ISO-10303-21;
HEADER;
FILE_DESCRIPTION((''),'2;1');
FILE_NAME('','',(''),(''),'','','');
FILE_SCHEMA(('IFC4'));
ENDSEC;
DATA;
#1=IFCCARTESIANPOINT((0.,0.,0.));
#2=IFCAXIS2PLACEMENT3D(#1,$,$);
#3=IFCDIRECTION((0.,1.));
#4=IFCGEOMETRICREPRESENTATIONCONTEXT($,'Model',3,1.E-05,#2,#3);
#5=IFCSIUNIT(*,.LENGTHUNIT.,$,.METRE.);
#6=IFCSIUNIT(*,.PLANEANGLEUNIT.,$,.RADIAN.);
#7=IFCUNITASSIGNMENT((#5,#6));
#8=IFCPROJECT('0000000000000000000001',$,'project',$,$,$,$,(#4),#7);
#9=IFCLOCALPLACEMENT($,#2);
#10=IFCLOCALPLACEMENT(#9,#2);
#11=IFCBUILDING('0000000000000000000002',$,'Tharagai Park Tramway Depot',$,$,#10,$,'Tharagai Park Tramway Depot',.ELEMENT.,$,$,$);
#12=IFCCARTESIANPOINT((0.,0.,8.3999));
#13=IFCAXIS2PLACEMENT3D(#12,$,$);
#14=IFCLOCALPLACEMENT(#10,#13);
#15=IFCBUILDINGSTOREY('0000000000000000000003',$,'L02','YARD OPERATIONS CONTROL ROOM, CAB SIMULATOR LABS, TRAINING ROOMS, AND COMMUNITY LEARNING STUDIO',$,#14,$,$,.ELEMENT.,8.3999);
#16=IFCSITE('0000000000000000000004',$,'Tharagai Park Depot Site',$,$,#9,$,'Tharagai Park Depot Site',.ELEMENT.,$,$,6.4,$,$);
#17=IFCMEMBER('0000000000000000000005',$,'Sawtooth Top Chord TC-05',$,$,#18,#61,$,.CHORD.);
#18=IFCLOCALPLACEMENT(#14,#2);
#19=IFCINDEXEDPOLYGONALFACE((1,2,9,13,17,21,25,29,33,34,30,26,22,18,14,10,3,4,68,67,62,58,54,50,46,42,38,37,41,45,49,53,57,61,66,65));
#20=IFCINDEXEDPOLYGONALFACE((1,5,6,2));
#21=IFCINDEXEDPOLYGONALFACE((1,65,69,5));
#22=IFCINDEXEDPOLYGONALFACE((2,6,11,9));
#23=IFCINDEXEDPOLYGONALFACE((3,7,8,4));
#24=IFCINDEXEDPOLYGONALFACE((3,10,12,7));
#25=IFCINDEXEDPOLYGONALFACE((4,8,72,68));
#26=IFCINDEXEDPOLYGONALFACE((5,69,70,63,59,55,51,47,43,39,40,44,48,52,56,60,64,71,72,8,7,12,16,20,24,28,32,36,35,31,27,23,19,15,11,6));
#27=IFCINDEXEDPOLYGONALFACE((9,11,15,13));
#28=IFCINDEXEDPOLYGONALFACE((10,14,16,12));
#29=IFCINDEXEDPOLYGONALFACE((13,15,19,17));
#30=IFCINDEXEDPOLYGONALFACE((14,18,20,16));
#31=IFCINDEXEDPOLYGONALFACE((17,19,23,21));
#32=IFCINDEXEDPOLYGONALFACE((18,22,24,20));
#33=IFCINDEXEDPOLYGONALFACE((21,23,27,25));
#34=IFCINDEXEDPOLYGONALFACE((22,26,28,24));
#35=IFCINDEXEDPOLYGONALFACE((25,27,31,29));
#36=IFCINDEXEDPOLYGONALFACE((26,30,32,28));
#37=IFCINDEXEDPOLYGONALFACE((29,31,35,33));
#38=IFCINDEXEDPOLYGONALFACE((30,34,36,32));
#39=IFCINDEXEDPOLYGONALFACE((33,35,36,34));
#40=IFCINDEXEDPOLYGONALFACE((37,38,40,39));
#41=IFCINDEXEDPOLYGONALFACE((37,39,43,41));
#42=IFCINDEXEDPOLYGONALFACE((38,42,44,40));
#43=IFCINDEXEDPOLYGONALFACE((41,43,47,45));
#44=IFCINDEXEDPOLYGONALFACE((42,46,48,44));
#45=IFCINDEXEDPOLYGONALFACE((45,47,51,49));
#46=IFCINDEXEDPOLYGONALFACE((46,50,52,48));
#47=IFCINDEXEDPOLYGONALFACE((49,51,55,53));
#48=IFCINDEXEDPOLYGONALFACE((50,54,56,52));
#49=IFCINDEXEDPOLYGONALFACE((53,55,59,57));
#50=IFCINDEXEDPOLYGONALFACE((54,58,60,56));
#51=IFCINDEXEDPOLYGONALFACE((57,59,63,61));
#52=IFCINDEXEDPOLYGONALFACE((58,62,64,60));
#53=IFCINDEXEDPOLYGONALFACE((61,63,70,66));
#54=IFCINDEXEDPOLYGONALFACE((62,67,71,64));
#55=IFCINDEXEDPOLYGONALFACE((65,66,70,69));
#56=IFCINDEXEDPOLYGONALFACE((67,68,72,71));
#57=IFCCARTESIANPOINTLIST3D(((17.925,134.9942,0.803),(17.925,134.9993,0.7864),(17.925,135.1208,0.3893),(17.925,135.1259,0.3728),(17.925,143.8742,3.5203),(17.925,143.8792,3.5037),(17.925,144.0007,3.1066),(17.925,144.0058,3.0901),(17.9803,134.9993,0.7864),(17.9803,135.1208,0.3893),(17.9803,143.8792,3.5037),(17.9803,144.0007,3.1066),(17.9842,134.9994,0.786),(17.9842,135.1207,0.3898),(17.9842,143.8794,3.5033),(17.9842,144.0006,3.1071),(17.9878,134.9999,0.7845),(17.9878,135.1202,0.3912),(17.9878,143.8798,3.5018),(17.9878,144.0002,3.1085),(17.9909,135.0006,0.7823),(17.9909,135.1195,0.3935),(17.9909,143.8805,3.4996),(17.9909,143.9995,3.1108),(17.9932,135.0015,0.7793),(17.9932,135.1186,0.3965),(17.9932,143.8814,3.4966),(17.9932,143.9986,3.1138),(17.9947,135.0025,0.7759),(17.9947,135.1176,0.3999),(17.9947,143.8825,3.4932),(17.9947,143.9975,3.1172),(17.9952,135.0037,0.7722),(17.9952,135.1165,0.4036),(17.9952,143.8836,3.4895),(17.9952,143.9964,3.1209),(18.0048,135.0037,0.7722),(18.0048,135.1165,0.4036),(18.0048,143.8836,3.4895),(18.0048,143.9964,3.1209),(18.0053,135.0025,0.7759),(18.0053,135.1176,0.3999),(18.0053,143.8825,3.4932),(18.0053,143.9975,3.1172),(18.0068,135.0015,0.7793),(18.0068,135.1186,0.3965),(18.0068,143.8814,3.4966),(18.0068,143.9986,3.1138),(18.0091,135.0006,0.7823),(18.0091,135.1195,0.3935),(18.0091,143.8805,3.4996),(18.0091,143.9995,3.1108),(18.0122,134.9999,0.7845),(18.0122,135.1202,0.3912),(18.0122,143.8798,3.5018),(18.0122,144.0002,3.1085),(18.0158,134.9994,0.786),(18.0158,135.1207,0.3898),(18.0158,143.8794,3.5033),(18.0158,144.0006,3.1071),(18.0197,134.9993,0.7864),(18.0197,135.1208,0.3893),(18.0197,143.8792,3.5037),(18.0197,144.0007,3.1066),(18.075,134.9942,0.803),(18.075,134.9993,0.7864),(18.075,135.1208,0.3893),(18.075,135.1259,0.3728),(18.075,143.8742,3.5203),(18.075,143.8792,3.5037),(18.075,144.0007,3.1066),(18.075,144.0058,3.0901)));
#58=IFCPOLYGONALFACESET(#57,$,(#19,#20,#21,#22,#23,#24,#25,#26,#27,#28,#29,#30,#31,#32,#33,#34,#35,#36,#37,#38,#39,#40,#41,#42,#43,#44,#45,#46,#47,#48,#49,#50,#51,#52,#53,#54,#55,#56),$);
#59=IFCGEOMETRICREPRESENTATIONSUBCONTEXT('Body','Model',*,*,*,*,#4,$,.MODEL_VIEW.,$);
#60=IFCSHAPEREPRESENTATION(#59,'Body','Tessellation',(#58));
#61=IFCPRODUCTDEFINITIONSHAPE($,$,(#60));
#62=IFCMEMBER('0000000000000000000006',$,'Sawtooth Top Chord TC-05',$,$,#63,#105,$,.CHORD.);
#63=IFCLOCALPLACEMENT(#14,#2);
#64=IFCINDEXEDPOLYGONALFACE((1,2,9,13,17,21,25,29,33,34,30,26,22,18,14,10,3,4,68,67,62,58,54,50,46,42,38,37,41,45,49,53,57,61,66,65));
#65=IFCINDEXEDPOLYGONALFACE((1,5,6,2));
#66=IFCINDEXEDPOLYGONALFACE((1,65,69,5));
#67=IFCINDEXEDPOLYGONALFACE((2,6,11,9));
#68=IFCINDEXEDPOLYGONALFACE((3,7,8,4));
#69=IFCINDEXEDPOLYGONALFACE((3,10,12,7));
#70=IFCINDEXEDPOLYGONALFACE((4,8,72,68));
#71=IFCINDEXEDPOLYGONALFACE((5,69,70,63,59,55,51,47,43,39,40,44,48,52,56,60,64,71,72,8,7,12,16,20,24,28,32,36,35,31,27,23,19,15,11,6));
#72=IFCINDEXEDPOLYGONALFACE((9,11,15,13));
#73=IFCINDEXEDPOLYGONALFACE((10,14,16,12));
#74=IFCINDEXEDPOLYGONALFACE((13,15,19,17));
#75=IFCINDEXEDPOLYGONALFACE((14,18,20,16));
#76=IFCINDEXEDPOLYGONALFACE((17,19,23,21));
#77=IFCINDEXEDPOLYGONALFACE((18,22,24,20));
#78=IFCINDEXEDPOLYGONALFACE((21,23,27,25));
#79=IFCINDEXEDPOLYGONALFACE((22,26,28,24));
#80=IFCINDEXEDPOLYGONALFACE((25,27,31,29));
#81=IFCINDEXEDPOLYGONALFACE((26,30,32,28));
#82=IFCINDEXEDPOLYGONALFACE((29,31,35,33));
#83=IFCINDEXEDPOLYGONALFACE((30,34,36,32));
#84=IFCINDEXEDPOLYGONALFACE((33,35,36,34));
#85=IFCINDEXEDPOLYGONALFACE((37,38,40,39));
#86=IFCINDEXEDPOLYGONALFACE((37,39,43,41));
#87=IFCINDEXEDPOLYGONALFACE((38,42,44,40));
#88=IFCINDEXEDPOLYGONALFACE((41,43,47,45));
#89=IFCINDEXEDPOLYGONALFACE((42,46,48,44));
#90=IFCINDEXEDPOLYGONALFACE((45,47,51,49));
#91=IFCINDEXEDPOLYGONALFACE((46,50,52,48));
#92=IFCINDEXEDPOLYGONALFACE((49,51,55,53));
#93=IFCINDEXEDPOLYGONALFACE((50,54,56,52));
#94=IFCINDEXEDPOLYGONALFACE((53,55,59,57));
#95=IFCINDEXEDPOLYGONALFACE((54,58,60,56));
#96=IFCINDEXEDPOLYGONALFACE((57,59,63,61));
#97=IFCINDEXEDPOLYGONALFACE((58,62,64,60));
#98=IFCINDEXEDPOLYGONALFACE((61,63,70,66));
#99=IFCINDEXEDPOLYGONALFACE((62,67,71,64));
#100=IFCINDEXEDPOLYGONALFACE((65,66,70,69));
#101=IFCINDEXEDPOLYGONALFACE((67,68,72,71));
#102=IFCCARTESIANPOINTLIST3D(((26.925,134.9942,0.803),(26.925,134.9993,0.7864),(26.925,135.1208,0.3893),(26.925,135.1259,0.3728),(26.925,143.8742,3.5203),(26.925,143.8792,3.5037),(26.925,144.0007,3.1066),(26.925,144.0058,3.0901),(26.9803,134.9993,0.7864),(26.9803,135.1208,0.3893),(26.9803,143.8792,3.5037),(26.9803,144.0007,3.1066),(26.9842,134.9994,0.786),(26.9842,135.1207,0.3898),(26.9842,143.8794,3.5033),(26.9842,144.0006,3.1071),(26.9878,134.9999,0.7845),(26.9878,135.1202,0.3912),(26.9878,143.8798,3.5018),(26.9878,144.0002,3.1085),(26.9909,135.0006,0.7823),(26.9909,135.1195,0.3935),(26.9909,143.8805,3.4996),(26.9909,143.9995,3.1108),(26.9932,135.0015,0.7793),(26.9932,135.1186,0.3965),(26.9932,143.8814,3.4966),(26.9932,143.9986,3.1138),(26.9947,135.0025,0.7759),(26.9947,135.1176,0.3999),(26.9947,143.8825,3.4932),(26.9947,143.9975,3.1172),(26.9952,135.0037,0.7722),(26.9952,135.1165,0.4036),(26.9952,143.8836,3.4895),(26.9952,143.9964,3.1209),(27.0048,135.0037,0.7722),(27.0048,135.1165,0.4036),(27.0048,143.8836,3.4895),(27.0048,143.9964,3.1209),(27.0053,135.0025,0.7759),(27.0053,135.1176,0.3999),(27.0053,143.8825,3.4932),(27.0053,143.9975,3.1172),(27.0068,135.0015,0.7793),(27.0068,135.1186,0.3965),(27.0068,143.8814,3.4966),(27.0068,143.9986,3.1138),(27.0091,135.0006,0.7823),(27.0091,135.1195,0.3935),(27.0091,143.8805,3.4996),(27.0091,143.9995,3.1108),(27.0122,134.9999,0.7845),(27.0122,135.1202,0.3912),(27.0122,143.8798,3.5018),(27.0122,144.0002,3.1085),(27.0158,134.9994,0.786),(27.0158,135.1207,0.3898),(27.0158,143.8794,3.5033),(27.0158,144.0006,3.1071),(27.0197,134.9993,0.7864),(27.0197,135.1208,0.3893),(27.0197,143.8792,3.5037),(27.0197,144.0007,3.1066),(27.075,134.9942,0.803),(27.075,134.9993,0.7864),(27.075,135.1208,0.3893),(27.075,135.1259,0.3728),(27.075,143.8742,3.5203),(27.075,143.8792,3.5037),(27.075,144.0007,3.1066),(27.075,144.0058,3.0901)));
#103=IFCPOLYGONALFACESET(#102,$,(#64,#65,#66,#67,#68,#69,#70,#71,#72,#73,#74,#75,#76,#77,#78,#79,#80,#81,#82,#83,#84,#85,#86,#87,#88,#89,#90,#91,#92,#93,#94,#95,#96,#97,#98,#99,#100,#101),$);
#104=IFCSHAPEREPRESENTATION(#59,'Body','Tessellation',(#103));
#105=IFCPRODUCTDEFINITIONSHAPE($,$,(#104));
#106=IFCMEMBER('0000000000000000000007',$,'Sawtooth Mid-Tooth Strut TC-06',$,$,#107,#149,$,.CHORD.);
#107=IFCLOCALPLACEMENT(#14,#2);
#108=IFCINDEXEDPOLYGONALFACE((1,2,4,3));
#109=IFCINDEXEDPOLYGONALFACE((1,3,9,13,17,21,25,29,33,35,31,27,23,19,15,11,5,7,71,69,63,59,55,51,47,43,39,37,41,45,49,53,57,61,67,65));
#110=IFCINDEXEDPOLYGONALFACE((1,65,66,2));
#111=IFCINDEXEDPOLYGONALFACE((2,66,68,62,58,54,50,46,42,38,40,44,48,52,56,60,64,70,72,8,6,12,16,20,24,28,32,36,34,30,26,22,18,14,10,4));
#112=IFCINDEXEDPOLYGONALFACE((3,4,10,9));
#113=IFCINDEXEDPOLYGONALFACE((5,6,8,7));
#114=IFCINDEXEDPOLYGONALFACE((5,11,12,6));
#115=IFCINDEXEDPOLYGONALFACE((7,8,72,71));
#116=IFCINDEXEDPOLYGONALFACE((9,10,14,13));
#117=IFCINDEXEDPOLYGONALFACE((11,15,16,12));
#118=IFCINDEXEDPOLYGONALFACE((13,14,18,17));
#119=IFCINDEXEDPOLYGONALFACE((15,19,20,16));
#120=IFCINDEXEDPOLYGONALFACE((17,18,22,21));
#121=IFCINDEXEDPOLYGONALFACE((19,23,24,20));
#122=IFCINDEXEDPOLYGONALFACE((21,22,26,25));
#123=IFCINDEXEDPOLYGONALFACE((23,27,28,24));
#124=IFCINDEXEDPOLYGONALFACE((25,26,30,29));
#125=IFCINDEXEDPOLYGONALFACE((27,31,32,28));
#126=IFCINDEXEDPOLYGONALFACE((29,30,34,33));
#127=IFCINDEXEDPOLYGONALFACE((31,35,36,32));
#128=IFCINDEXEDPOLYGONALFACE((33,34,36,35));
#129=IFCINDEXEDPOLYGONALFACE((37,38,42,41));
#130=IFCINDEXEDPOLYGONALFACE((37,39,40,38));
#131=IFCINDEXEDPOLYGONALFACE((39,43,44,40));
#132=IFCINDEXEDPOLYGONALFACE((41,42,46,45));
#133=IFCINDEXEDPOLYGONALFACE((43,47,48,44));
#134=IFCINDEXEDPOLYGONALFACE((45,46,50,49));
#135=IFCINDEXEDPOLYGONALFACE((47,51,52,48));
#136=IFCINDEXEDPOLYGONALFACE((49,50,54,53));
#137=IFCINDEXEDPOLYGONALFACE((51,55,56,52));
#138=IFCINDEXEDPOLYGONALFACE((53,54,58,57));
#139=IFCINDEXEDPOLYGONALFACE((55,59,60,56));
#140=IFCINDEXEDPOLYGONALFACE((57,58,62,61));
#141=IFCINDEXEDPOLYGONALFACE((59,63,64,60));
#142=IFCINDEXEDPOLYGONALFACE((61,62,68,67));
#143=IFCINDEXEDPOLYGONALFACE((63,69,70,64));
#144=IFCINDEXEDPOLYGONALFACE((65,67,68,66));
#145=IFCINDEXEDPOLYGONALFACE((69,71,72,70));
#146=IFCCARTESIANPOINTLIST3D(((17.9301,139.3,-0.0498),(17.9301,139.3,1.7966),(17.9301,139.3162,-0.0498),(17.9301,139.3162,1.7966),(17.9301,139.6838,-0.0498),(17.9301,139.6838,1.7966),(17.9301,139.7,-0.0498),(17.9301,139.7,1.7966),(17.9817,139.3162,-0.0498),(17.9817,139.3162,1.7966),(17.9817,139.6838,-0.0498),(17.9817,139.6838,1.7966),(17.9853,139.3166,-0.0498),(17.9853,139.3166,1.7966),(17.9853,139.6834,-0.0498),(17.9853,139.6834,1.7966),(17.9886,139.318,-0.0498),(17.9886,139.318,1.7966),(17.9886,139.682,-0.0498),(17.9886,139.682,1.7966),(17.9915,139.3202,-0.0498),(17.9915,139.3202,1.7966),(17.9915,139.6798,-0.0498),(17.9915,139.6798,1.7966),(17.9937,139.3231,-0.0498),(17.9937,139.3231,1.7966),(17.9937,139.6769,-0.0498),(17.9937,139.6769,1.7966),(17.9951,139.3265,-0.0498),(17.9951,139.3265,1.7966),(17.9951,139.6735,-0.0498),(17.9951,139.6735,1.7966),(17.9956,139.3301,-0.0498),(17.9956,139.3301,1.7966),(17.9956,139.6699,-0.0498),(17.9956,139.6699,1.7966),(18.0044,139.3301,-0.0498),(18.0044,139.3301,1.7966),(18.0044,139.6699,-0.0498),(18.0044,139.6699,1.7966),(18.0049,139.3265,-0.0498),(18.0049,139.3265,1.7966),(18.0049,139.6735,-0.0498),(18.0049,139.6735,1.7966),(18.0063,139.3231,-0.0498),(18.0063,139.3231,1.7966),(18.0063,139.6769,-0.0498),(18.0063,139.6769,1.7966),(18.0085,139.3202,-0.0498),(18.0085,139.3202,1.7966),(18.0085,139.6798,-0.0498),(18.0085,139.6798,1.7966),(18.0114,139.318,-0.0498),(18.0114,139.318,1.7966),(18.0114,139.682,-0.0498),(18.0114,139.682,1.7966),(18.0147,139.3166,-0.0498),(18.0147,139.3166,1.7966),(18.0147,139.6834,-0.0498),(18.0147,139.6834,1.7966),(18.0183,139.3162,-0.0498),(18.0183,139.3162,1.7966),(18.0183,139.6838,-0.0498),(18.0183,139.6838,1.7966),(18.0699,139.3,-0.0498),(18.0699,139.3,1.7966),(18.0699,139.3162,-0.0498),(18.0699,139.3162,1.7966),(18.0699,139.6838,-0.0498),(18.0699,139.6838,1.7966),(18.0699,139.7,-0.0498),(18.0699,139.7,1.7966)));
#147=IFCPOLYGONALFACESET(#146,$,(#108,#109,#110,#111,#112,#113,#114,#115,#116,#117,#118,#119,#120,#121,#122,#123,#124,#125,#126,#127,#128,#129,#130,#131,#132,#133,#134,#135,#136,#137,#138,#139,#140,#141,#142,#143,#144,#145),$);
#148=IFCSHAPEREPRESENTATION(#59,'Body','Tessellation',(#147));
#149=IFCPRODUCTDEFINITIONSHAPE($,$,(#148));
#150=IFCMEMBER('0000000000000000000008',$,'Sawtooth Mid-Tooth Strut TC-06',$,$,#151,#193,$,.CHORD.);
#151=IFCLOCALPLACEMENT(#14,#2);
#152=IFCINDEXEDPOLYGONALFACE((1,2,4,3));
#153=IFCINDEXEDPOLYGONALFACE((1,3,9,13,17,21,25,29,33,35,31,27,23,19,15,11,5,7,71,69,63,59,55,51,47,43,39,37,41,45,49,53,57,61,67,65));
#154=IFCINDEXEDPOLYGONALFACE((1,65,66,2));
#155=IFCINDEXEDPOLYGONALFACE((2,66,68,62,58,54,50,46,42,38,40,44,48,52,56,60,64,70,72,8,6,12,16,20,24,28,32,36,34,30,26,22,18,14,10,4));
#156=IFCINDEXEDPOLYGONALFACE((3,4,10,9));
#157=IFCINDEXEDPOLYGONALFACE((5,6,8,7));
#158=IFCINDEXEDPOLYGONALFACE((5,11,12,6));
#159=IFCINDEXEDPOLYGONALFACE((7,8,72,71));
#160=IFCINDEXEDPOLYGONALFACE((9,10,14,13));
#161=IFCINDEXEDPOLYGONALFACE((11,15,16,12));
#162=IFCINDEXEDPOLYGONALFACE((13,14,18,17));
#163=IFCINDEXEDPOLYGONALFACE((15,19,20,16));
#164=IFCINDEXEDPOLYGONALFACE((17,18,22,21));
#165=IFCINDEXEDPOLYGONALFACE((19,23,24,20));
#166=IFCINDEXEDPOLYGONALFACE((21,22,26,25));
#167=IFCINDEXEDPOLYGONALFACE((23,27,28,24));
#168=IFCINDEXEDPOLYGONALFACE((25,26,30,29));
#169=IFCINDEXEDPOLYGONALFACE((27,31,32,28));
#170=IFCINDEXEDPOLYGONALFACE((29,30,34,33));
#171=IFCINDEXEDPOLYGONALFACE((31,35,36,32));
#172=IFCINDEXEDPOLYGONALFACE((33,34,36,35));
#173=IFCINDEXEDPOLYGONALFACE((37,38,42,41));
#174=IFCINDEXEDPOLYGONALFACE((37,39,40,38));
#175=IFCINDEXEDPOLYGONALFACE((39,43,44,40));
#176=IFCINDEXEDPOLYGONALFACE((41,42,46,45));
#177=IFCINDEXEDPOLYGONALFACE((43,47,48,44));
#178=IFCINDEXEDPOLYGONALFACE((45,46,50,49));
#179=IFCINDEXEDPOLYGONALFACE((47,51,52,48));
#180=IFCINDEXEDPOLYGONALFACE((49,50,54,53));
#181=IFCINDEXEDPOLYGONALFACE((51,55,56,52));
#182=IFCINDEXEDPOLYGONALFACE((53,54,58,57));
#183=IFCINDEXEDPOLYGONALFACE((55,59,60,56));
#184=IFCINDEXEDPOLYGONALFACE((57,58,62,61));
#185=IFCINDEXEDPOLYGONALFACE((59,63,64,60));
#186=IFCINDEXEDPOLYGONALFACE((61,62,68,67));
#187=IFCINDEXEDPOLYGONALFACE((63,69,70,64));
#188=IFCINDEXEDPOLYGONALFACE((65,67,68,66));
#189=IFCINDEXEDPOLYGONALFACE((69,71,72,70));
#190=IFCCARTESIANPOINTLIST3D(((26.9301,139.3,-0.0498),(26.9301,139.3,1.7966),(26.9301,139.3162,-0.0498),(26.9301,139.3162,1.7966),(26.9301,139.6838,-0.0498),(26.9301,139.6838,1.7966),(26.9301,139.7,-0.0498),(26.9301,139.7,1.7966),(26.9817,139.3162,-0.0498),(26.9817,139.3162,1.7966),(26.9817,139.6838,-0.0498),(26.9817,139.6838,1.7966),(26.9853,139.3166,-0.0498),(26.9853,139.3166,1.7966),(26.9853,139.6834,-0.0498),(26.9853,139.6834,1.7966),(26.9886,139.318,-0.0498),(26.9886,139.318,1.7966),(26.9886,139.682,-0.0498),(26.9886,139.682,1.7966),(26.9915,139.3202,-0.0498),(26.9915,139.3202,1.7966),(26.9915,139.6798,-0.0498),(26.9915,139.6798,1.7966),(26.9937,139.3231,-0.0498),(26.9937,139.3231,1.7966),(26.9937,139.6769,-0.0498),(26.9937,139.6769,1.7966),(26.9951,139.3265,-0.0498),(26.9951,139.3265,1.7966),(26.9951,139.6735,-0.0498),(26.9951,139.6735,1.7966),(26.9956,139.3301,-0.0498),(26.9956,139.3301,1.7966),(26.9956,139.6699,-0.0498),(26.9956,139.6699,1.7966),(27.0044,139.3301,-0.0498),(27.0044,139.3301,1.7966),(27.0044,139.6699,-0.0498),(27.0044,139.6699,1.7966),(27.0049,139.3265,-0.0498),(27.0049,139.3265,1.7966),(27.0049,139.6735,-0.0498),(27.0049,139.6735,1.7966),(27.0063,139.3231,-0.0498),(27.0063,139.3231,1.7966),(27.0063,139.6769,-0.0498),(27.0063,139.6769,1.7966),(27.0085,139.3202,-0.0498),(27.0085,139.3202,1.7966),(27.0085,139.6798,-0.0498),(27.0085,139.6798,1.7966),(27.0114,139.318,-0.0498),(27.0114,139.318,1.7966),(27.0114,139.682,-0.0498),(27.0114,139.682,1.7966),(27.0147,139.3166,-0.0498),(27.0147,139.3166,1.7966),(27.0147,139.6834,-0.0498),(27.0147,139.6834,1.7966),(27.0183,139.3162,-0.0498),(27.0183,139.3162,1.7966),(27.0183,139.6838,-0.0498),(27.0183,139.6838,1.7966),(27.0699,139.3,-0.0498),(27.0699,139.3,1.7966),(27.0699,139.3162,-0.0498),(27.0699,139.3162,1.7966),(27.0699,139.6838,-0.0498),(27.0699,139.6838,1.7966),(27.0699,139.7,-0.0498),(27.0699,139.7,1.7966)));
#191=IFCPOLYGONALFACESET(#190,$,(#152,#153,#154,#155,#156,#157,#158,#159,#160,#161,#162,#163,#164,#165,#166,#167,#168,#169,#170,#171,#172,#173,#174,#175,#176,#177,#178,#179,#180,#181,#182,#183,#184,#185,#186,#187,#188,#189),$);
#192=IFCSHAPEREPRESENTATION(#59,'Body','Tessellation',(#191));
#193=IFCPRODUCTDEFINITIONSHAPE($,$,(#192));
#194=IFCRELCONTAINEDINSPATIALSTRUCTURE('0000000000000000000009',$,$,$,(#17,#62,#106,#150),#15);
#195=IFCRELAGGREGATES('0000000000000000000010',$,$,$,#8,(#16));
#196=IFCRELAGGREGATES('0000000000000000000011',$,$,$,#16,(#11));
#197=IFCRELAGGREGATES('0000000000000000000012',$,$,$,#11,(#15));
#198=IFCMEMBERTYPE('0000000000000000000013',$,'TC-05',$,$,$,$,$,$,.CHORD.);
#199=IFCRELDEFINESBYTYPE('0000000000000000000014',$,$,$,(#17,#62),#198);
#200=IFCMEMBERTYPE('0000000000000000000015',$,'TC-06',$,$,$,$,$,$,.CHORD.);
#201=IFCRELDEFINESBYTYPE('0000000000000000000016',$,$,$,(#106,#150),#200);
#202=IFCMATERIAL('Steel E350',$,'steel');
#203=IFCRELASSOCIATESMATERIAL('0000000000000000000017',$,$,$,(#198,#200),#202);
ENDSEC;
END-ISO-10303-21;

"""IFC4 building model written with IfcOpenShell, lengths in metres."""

from ifc_helpers import new_model, si_unit, direction, frame, origin, origin_2d, place, context, subcontext, project, spatial, i_section, extrude, material, material_profile, profile_set, type_object, element, save


model = new_model("IFC4")

# Units and contexts
model_context = context("Model", 3, precision=1e-05, world=origin(), true_north=direction((0.0, 1.0)))
body_context = subcontext(model_context, "Body", "Model", "MODEL_VIEW")
ifc_project = project(units=[si_unit("LENGTHUNIT", "METRE"), si_unit("PLANEANGLEUNIT", "RADIAN")], contexts=[model_context])

# Site, building, storey
site_placement = place(None, origin())
site = spatial("IfcSite", under=ifc_project, at=site_placement, Name="Tharagai Park Depot Site", LongName="Tharagai Park Depot Site", CompositionType="ELEMENT", RefElevation=6.4)
building_placement = place(site_placement, origin())
building = spatial("IfcBuilding", under=site, at=building_placement, Name="Tharagai Park Tramway Depot", LongName="Tharagai Park Tramway Depot", CompositionType="ELEMENT")
storey_placement = place(building_placement, frame((0.0, 0.0, 8.3999)))
storey = spatial("IfcBuildingStorey", under=building, at=storey_placement, Name="L02", Description="YARD OPERATIONS CONTROL ROOM, CAB SIMULATOR LABS, TRAINING ROOMS, AND COMMUNITY LEARNING STUDIO", CompositionType="ELEMENT", Elevation=8.3999)

# Shared definitions
ifc_material_1 = material(Name="Steel E350", Category="steel")

# Members
ifc_material_profile_1 = material_profile(ifc_material_1, i_section(OverallWidth=0.1499, OverallDepth=0.45, WebThickness=0.0095, FlangeThickness=0.0173, FilletRadius=0.0149, at=origin_2d()), Name="ISMB 450")
ifc_profile_set_1 = profile_set([ifc_material_profile_1], Name="Steel E350")
member_type_1 = type_object("IfcMemberType", Name="TC-05", PredefinedType="CHORD", material=ifc_profile_set_1)
for number, where, z_axis, x_axis, name in (
    (1, (18.0, 135.0601, 0.5879), (0.0, 0.956231, 0.292611), (-1.0, 0.0, 0.0), "Sawtooth Top Chord TC-05"),
    (2, (27.0, 135.0601, 0.5879), (0.0, 0.956231, 0.292611), (-1.0, 0.0, 0.0), "Sawtooth Top Chord TC-05"),
):
    element("IfcMember", number, at=place(storey_placement, frame(where, z_axis=z_axis, x_axis=x_axis)), inside=storey, type_object=member_type_1, Name=name, PredefinedType="CHORD", context=body_context, shape_type="SweptSolid", body=[
        extrude(i_section(OverallWidth=0.1499, OverallDepth=0.45, WebThickness=0.0095, FlangeThickness=0.0173, FilletRadius=0.0149, at=origin_2d()), origin(), (0.0, 0.0, 1.0), 9.2864),
    ])
ifc_material_profile_2 = material_profile(ifc_material_1, i_section(OverallWidth=0.1399, OverallDepth=0.3999, WebThickness=0.0088, FlangeThickness=0.0161, FilletRadius=0.0139, at=origin_2d()), Name="ISMB 400")
ifc_profile_set_2 = profile_set([ifc_material_profile_2], Name="Steel E350")
member_type_2 = type_object("IfcMemberType", Name="TC-06", PredefinedType="CHORD", material=ifc_profile_set_2)
for number, where, z_axis, x_axis, name in (
    (3, (18.0, 139.5, -0.0498), (0.0, 0.0, 1.0), (1.0, 0.0, 0.0), "Sawtooth Mid-Tooth Strut TC-06"),
    (4, (27.0, 139.5, -0.0498), (0.0, 0.0, 1.0), (1.0, 0.0, 0.0), "Sawtooth Mid-Tooth Strut TC-06"),
):
    element("IfcMember", number, at=place(storey_placement, frame(where, z_axis=z_axis, x_axis=x_axis)), inside=storey, type_object=member_type_2, Name=name, PredefinedType="CHORD", context=body_context, shape_type="SweptSolid", body=[
        extrude(i_section(OverallWidth=0.1399, OverallDepth=0.3999, WebThickness=0.0088, FlangeThickness=0.0161, FilletRadius=0.0139, at=origin_2d()), origin(), (0.0, 0.0, 1.0), 1.8464),
    ])

save(model, "model.ifc")
